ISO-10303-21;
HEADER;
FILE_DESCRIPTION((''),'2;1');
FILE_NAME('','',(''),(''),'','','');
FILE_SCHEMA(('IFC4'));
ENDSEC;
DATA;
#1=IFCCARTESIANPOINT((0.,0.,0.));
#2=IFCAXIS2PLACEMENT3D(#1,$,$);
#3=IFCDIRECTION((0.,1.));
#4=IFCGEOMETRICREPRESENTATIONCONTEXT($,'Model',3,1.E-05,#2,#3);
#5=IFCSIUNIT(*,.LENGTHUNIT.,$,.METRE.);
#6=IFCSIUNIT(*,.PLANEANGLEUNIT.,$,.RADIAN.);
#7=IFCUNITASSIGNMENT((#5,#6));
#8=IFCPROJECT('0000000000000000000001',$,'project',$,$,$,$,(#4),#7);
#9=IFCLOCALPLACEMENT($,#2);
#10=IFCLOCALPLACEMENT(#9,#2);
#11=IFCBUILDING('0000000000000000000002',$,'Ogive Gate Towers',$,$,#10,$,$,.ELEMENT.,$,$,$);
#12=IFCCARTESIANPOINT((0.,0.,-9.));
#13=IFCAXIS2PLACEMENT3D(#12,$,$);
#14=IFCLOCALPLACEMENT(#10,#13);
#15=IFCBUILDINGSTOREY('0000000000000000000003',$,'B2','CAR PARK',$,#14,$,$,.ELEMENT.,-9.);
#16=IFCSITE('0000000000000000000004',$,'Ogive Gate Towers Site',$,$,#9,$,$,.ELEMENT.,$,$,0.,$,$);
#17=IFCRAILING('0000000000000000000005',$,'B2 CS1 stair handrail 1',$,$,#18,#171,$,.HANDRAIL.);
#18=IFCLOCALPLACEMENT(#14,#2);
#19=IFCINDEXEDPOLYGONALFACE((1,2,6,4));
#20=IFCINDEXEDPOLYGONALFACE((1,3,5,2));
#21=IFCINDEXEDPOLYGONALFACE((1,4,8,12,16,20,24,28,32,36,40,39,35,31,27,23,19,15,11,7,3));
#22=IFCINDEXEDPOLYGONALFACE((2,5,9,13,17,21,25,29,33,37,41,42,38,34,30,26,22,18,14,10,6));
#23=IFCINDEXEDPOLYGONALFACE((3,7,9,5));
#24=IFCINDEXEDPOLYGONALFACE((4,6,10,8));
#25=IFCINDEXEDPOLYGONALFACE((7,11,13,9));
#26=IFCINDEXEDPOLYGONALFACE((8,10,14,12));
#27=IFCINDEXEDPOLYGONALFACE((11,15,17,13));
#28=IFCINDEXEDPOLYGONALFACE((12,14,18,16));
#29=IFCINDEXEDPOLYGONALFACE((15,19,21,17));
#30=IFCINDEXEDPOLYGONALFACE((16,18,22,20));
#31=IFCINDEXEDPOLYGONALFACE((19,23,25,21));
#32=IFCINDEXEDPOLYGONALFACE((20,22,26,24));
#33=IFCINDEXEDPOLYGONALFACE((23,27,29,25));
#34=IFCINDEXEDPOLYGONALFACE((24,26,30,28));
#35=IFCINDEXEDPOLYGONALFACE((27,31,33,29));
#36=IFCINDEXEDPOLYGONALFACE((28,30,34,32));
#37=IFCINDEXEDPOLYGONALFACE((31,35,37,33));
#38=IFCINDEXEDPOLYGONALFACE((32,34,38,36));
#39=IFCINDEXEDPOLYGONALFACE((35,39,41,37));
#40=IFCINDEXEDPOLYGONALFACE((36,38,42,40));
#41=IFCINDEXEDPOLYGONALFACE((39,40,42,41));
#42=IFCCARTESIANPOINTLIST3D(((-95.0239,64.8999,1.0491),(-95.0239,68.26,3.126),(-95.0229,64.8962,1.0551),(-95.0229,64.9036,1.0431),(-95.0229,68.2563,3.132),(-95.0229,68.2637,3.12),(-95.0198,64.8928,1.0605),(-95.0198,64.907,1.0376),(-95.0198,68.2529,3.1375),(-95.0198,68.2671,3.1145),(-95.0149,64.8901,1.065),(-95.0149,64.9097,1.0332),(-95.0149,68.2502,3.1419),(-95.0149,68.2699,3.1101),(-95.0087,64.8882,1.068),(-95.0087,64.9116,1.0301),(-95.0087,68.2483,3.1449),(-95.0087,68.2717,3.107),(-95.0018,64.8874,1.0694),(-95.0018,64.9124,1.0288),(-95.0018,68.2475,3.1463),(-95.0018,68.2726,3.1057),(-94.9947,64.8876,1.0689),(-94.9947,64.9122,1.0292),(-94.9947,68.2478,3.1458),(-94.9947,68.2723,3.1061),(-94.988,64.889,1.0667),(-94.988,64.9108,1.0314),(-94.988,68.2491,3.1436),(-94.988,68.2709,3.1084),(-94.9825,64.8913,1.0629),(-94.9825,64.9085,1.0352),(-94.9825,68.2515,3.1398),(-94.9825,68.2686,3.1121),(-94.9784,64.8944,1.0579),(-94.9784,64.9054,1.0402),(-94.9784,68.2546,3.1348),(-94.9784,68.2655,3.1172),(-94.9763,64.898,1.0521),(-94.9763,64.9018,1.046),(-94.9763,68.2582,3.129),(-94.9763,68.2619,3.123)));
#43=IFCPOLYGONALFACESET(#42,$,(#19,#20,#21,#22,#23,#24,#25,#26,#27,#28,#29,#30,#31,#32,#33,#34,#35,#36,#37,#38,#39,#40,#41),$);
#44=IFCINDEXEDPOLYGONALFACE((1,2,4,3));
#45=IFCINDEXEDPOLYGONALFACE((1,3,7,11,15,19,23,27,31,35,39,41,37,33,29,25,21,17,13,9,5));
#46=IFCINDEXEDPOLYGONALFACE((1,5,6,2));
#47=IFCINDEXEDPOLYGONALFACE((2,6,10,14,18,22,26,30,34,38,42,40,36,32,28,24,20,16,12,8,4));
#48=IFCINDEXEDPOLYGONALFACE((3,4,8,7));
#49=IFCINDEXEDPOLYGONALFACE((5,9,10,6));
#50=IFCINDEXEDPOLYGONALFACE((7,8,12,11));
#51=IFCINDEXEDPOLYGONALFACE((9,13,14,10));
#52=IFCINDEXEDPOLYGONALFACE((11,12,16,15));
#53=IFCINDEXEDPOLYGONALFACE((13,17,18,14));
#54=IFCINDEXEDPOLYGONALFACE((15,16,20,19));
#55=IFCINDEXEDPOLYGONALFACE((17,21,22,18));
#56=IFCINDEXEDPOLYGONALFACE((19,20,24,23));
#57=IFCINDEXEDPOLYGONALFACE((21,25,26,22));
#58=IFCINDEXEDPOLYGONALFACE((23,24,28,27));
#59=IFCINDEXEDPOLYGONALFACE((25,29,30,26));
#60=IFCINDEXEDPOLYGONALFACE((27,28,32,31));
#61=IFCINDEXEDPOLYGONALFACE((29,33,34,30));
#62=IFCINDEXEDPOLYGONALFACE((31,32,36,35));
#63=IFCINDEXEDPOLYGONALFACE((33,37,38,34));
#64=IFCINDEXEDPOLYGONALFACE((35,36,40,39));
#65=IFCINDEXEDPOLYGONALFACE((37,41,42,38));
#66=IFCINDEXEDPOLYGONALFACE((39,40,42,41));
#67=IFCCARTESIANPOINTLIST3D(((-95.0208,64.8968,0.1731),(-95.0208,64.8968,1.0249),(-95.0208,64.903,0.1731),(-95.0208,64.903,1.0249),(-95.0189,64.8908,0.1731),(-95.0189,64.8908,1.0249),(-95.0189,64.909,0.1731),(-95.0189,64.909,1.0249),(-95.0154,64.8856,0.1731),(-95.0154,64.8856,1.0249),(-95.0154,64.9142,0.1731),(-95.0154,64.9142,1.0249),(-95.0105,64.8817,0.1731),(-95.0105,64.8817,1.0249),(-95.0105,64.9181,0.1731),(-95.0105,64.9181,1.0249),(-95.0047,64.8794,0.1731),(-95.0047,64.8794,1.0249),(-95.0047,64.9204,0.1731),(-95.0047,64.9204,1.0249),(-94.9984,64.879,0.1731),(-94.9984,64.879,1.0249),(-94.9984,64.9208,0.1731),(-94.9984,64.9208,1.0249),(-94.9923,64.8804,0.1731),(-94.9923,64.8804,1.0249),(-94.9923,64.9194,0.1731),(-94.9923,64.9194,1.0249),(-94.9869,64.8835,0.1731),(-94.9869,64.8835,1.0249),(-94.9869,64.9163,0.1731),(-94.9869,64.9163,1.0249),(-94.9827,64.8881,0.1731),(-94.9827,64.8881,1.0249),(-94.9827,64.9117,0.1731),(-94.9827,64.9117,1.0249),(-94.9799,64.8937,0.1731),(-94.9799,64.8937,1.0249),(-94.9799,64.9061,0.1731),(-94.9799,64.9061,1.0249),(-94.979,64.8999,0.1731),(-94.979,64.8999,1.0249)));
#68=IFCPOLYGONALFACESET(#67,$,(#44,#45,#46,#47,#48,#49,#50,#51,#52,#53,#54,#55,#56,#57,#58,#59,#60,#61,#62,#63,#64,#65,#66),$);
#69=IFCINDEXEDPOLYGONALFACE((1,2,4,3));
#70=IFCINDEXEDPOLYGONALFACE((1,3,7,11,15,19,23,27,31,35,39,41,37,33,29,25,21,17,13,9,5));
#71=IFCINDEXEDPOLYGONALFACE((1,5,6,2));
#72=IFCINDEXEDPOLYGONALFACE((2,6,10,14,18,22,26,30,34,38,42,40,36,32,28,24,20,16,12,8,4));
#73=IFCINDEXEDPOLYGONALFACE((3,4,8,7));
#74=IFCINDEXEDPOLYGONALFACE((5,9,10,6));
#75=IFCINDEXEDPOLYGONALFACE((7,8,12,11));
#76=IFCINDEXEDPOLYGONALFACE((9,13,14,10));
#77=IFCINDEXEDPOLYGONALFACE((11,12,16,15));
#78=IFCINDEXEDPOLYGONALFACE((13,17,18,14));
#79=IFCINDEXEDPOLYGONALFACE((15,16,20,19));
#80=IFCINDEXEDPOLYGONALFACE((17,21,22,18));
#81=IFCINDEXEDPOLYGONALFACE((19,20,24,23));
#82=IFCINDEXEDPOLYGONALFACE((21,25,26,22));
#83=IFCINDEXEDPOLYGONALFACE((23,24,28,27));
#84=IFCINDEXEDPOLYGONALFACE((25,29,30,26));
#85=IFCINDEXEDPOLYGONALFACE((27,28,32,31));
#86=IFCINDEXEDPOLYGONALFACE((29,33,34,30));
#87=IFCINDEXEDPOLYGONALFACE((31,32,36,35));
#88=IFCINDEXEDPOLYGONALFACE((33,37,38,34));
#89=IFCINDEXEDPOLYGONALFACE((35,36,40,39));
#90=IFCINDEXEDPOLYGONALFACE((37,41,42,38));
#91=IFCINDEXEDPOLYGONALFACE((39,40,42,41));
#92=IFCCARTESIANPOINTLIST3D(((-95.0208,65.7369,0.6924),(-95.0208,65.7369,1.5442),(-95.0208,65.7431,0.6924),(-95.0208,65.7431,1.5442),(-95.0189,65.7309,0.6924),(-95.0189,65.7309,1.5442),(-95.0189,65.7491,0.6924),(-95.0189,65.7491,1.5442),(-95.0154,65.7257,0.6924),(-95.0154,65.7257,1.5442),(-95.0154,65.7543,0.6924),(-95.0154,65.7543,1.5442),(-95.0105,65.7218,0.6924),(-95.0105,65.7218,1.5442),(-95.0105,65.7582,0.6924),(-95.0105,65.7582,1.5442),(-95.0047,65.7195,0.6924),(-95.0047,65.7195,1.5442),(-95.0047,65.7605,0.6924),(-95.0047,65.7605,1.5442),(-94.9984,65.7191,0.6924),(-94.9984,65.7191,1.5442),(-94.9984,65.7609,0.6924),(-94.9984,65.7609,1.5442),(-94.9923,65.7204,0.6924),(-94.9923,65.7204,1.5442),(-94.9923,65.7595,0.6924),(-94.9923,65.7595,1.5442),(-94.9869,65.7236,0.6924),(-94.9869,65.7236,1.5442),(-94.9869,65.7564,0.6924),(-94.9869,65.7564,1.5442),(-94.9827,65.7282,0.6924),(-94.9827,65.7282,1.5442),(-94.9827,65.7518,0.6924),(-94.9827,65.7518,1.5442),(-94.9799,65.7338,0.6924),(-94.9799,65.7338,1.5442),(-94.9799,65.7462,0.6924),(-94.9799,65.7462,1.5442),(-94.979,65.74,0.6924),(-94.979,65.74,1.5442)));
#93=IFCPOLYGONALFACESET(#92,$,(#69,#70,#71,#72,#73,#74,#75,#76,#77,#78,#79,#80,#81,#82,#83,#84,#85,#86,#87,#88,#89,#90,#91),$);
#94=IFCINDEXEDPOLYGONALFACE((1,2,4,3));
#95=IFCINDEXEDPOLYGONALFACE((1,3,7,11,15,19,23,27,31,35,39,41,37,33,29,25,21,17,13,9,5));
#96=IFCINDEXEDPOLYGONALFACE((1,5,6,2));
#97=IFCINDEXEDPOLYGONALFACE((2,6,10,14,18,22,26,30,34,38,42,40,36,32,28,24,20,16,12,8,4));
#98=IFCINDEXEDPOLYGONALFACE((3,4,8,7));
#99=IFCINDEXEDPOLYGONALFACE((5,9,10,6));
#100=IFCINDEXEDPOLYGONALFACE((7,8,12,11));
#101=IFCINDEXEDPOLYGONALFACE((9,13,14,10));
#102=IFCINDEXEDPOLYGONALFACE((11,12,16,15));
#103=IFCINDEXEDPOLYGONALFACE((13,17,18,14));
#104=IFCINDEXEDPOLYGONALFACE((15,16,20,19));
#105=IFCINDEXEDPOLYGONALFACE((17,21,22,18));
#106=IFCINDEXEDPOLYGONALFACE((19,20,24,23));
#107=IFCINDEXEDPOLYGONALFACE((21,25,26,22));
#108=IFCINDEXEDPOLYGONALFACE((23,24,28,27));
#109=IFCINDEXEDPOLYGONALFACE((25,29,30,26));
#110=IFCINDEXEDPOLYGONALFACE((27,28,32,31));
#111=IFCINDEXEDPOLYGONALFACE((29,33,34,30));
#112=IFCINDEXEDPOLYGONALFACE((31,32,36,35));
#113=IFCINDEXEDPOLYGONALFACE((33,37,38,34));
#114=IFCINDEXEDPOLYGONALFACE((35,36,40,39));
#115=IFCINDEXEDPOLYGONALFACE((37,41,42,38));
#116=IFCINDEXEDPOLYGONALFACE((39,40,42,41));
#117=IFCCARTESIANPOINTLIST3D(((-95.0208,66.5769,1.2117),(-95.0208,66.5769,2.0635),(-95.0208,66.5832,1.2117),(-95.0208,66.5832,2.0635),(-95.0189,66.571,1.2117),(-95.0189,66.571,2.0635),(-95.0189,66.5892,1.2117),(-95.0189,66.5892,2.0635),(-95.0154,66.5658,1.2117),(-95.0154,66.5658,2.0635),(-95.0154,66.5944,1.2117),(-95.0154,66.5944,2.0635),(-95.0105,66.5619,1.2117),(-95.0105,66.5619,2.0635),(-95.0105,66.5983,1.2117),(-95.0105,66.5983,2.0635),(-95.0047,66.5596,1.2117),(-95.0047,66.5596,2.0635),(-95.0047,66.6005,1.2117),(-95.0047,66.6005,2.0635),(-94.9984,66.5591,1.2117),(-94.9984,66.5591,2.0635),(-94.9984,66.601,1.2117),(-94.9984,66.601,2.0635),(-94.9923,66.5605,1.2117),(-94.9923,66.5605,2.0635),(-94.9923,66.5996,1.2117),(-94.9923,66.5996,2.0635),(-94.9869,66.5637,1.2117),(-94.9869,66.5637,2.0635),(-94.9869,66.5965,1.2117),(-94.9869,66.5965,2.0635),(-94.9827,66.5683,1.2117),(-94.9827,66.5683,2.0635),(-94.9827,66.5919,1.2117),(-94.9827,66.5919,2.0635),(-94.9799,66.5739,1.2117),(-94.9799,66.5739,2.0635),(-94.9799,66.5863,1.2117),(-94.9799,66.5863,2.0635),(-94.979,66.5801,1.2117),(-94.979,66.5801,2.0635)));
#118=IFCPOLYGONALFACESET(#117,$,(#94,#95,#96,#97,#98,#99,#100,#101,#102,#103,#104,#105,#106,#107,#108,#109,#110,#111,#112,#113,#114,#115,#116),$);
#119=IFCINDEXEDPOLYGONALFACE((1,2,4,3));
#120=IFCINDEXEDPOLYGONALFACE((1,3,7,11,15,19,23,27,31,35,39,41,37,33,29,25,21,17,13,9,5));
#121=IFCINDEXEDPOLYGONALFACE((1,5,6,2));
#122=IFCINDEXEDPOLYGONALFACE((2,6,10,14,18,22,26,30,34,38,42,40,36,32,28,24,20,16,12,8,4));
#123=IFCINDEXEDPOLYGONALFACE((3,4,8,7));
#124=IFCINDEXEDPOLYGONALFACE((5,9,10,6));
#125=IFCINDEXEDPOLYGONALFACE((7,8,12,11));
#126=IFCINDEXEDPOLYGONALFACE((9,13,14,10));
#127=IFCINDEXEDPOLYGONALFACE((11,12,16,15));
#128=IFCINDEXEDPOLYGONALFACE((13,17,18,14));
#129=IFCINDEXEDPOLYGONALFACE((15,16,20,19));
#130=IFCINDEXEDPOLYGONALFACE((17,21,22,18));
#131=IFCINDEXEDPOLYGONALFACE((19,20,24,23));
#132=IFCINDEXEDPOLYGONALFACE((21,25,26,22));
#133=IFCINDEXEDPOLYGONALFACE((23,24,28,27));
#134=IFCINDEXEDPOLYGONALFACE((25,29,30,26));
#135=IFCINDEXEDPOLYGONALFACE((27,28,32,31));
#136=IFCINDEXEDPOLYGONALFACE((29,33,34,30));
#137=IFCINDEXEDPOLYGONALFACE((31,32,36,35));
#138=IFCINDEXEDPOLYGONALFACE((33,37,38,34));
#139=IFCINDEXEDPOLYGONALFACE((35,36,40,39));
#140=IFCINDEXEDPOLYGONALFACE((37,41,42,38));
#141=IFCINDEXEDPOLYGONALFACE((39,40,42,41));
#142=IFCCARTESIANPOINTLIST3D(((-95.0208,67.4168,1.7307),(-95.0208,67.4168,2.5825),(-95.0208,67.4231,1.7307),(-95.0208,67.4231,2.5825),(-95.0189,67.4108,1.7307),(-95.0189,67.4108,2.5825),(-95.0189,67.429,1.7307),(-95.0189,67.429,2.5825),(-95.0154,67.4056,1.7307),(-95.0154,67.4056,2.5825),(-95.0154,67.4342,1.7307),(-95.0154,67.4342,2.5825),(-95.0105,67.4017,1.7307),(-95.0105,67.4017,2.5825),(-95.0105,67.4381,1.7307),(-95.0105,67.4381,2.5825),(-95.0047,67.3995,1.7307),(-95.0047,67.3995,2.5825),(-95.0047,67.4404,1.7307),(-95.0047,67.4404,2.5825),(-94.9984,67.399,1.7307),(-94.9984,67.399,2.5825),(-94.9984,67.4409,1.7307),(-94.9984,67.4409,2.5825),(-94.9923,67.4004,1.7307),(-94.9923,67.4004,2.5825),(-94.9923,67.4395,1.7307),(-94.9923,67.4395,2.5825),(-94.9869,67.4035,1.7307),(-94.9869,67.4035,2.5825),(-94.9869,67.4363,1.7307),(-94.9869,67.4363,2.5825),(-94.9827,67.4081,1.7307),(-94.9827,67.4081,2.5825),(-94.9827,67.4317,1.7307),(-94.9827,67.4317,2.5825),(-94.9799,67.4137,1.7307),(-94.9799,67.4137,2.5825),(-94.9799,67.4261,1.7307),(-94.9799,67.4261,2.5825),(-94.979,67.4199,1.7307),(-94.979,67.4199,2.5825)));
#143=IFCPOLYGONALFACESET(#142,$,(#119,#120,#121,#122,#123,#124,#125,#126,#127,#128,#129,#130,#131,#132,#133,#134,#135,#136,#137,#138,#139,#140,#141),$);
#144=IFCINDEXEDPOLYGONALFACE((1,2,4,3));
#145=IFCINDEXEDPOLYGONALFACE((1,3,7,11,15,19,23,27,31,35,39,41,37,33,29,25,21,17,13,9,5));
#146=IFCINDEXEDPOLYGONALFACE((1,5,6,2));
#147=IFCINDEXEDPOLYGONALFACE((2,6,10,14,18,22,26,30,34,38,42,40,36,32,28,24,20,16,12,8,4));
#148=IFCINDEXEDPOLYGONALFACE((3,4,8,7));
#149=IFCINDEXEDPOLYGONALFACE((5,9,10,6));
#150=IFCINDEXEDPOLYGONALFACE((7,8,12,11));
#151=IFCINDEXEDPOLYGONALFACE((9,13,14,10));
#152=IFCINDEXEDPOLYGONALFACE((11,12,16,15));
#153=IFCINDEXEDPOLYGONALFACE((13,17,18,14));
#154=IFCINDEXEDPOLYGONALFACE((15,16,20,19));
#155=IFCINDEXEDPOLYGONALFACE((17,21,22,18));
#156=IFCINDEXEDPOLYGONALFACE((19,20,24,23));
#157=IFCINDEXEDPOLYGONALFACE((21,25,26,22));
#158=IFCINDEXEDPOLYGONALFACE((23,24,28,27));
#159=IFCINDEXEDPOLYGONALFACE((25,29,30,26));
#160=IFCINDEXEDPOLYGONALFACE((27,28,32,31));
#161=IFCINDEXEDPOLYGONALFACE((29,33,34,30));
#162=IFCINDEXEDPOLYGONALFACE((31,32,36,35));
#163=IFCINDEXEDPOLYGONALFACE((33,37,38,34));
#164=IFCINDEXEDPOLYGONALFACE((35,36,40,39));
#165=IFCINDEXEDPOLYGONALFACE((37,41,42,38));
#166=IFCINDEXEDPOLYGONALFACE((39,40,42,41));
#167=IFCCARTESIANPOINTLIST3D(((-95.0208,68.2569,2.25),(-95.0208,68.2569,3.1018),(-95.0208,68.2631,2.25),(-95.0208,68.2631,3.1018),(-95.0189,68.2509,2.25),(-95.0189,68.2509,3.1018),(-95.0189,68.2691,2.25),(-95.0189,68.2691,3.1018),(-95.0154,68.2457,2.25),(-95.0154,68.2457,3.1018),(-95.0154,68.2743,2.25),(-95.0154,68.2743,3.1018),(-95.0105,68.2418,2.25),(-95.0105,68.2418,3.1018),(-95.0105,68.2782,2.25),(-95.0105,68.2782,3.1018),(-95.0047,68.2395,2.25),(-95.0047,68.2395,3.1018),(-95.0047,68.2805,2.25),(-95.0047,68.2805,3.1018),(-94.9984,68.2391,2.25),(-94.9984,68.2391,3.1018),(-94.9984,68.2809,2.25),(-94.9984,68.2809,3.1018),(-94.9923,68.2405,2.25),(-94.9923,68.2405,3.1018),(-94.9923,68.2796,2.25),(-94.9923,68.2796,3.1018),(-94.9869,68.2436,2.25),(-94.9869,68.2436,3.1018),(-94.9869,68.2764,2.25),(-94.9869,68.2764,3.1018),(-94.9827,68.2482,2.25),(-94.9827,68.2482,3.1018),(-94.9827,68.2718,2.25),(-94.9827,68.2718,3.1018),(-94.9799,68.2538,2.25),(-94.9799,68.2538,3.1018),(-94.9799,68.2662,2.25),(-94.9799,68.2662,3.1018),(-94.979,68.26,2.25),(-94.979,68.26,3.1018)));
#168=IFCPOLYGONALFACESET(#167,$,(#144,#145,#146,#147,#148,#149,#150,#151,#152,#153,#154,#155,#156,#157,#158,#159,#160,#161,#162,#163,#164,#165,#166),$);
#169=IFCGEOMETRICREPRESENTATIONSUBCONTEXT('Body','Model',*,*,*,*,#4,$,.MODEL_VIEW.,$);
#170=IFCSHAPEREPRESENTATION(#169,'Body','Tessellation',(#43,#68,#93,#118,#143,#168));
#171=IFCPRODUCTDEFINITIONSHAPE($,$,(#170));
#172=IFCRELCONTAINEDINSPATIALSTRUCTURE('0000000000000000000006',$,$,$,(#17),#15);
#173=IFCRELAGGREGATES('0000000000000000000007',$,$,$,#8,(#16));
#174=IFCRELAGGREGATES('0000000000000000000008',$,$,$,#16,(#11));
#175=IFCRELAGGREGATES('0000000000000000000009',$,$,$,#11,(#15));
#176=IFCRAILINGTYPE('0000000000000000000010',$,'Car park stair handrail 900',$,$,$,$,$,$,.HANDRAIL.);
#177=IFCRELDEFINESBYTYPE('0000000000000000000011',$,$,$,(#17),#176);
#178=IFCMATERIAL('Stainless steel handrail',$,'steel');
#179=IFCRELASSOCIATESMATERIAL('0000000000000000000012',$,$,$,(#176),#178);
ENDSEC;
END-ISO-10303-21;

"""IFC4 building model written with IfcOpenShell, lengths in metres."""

from ifc_helpers import new_model, si_unit, direction, frame, origin, origin_2d, place, context, subcontext, project, spatial, circle, extrude, material, type_object, element, save


model = new_model("IFC4")

# Units and contexts
model_context = context("Model", 3, precision=1e-05, world=origin(), true_north=direction((0.0, 1.0)))
body_context = subcontext(model_context, "Body", "Model", "MODEL_VIEW")
ifc_project = project(units=[si_unit("LENGTHUNIT", "METRE"), si_unit("PLANEANGLEUNIT", "RADIAN")], contexts=[model_context])

# Site, building, storey
site_placement = place(None, origin())
site = spatial("IfcSite", under=ifc_project, at=site_placement, Name="Ogive Gate Towers Site", CompositionType="ELEMENT", RefElevation=0.0)
building_placement = place(site_placement, origin())
building = spatial("IfcBuilding", under=site, at=building_placement, Name="Ogive Gate Towers", CompositionType="ELEMENT")
storey_placement = place(building_placement, frame((0.0, 0.0, -9.0)))
storey = spatial("IfcBuildingStorey", under=building, at=storey_placement, Name="B2", Description="CAR PARK", CompositionType="ELEMENT", Elevation=-9.0)

# Railing
ifc_material_1 = material(Name="Stainless steel handrail", Category="steel")
railing_type_1 = type_object("IfcRailingType", Name="Car park stair handrail 900", PredefinedType="HANDRAIL", material=ifc_material_1)
railing_1_placement = place(storey_placement, frame((-95.0, 64.8999, 0.1731)))
element("IfcRailing", 1, at=railing_1_placement, inside=storey, type_object=railing_type_1, Name="B2 CS1 stair handrail 1", PredefinedType="HANDRAIL", context=body_context, shape_type="SweptSolid", body=[
    extrude(circle(Radius=0.0239, at=origin_2d()), frame((0.0, 0.0, 0.876), z_axis=(0.0, 0.850623, 0.525776), x_axis=(-1.0, 0.0, 0.0)), (0.0, 0.0, 1.0), 3.9502),
    extrude(circle(Radius=0.021, at=origin_2d()), origin(), (0.0, 0.0, 1.0), 0.8518),
    extrude(circle(Radius=0.021, at=origin_2d()), frame((0.0, 0.8401, 0.5193)), (0.0, 0.0, 1.0), 0.8518),
    extrude(circle(Radius=0.021, at=origin_2d()), frame((0.0, 1.6802, 1.0386)), (0.0, 0.0, 1.0), 0.8518),
    extrude(circle(Radius=0.021, at=origin_2d()), frame((0.0, 2.52, 1.5576)), (0.0, 0.0, 1.0), 0.8518),
    extrude(circle(Radius=0.021, at=origin_2d()), frame((0.0, 3.3601, 2.0769)), (0.0, 0.0, 1.0), 0.8518),
])

save(model, "model.ifc")
